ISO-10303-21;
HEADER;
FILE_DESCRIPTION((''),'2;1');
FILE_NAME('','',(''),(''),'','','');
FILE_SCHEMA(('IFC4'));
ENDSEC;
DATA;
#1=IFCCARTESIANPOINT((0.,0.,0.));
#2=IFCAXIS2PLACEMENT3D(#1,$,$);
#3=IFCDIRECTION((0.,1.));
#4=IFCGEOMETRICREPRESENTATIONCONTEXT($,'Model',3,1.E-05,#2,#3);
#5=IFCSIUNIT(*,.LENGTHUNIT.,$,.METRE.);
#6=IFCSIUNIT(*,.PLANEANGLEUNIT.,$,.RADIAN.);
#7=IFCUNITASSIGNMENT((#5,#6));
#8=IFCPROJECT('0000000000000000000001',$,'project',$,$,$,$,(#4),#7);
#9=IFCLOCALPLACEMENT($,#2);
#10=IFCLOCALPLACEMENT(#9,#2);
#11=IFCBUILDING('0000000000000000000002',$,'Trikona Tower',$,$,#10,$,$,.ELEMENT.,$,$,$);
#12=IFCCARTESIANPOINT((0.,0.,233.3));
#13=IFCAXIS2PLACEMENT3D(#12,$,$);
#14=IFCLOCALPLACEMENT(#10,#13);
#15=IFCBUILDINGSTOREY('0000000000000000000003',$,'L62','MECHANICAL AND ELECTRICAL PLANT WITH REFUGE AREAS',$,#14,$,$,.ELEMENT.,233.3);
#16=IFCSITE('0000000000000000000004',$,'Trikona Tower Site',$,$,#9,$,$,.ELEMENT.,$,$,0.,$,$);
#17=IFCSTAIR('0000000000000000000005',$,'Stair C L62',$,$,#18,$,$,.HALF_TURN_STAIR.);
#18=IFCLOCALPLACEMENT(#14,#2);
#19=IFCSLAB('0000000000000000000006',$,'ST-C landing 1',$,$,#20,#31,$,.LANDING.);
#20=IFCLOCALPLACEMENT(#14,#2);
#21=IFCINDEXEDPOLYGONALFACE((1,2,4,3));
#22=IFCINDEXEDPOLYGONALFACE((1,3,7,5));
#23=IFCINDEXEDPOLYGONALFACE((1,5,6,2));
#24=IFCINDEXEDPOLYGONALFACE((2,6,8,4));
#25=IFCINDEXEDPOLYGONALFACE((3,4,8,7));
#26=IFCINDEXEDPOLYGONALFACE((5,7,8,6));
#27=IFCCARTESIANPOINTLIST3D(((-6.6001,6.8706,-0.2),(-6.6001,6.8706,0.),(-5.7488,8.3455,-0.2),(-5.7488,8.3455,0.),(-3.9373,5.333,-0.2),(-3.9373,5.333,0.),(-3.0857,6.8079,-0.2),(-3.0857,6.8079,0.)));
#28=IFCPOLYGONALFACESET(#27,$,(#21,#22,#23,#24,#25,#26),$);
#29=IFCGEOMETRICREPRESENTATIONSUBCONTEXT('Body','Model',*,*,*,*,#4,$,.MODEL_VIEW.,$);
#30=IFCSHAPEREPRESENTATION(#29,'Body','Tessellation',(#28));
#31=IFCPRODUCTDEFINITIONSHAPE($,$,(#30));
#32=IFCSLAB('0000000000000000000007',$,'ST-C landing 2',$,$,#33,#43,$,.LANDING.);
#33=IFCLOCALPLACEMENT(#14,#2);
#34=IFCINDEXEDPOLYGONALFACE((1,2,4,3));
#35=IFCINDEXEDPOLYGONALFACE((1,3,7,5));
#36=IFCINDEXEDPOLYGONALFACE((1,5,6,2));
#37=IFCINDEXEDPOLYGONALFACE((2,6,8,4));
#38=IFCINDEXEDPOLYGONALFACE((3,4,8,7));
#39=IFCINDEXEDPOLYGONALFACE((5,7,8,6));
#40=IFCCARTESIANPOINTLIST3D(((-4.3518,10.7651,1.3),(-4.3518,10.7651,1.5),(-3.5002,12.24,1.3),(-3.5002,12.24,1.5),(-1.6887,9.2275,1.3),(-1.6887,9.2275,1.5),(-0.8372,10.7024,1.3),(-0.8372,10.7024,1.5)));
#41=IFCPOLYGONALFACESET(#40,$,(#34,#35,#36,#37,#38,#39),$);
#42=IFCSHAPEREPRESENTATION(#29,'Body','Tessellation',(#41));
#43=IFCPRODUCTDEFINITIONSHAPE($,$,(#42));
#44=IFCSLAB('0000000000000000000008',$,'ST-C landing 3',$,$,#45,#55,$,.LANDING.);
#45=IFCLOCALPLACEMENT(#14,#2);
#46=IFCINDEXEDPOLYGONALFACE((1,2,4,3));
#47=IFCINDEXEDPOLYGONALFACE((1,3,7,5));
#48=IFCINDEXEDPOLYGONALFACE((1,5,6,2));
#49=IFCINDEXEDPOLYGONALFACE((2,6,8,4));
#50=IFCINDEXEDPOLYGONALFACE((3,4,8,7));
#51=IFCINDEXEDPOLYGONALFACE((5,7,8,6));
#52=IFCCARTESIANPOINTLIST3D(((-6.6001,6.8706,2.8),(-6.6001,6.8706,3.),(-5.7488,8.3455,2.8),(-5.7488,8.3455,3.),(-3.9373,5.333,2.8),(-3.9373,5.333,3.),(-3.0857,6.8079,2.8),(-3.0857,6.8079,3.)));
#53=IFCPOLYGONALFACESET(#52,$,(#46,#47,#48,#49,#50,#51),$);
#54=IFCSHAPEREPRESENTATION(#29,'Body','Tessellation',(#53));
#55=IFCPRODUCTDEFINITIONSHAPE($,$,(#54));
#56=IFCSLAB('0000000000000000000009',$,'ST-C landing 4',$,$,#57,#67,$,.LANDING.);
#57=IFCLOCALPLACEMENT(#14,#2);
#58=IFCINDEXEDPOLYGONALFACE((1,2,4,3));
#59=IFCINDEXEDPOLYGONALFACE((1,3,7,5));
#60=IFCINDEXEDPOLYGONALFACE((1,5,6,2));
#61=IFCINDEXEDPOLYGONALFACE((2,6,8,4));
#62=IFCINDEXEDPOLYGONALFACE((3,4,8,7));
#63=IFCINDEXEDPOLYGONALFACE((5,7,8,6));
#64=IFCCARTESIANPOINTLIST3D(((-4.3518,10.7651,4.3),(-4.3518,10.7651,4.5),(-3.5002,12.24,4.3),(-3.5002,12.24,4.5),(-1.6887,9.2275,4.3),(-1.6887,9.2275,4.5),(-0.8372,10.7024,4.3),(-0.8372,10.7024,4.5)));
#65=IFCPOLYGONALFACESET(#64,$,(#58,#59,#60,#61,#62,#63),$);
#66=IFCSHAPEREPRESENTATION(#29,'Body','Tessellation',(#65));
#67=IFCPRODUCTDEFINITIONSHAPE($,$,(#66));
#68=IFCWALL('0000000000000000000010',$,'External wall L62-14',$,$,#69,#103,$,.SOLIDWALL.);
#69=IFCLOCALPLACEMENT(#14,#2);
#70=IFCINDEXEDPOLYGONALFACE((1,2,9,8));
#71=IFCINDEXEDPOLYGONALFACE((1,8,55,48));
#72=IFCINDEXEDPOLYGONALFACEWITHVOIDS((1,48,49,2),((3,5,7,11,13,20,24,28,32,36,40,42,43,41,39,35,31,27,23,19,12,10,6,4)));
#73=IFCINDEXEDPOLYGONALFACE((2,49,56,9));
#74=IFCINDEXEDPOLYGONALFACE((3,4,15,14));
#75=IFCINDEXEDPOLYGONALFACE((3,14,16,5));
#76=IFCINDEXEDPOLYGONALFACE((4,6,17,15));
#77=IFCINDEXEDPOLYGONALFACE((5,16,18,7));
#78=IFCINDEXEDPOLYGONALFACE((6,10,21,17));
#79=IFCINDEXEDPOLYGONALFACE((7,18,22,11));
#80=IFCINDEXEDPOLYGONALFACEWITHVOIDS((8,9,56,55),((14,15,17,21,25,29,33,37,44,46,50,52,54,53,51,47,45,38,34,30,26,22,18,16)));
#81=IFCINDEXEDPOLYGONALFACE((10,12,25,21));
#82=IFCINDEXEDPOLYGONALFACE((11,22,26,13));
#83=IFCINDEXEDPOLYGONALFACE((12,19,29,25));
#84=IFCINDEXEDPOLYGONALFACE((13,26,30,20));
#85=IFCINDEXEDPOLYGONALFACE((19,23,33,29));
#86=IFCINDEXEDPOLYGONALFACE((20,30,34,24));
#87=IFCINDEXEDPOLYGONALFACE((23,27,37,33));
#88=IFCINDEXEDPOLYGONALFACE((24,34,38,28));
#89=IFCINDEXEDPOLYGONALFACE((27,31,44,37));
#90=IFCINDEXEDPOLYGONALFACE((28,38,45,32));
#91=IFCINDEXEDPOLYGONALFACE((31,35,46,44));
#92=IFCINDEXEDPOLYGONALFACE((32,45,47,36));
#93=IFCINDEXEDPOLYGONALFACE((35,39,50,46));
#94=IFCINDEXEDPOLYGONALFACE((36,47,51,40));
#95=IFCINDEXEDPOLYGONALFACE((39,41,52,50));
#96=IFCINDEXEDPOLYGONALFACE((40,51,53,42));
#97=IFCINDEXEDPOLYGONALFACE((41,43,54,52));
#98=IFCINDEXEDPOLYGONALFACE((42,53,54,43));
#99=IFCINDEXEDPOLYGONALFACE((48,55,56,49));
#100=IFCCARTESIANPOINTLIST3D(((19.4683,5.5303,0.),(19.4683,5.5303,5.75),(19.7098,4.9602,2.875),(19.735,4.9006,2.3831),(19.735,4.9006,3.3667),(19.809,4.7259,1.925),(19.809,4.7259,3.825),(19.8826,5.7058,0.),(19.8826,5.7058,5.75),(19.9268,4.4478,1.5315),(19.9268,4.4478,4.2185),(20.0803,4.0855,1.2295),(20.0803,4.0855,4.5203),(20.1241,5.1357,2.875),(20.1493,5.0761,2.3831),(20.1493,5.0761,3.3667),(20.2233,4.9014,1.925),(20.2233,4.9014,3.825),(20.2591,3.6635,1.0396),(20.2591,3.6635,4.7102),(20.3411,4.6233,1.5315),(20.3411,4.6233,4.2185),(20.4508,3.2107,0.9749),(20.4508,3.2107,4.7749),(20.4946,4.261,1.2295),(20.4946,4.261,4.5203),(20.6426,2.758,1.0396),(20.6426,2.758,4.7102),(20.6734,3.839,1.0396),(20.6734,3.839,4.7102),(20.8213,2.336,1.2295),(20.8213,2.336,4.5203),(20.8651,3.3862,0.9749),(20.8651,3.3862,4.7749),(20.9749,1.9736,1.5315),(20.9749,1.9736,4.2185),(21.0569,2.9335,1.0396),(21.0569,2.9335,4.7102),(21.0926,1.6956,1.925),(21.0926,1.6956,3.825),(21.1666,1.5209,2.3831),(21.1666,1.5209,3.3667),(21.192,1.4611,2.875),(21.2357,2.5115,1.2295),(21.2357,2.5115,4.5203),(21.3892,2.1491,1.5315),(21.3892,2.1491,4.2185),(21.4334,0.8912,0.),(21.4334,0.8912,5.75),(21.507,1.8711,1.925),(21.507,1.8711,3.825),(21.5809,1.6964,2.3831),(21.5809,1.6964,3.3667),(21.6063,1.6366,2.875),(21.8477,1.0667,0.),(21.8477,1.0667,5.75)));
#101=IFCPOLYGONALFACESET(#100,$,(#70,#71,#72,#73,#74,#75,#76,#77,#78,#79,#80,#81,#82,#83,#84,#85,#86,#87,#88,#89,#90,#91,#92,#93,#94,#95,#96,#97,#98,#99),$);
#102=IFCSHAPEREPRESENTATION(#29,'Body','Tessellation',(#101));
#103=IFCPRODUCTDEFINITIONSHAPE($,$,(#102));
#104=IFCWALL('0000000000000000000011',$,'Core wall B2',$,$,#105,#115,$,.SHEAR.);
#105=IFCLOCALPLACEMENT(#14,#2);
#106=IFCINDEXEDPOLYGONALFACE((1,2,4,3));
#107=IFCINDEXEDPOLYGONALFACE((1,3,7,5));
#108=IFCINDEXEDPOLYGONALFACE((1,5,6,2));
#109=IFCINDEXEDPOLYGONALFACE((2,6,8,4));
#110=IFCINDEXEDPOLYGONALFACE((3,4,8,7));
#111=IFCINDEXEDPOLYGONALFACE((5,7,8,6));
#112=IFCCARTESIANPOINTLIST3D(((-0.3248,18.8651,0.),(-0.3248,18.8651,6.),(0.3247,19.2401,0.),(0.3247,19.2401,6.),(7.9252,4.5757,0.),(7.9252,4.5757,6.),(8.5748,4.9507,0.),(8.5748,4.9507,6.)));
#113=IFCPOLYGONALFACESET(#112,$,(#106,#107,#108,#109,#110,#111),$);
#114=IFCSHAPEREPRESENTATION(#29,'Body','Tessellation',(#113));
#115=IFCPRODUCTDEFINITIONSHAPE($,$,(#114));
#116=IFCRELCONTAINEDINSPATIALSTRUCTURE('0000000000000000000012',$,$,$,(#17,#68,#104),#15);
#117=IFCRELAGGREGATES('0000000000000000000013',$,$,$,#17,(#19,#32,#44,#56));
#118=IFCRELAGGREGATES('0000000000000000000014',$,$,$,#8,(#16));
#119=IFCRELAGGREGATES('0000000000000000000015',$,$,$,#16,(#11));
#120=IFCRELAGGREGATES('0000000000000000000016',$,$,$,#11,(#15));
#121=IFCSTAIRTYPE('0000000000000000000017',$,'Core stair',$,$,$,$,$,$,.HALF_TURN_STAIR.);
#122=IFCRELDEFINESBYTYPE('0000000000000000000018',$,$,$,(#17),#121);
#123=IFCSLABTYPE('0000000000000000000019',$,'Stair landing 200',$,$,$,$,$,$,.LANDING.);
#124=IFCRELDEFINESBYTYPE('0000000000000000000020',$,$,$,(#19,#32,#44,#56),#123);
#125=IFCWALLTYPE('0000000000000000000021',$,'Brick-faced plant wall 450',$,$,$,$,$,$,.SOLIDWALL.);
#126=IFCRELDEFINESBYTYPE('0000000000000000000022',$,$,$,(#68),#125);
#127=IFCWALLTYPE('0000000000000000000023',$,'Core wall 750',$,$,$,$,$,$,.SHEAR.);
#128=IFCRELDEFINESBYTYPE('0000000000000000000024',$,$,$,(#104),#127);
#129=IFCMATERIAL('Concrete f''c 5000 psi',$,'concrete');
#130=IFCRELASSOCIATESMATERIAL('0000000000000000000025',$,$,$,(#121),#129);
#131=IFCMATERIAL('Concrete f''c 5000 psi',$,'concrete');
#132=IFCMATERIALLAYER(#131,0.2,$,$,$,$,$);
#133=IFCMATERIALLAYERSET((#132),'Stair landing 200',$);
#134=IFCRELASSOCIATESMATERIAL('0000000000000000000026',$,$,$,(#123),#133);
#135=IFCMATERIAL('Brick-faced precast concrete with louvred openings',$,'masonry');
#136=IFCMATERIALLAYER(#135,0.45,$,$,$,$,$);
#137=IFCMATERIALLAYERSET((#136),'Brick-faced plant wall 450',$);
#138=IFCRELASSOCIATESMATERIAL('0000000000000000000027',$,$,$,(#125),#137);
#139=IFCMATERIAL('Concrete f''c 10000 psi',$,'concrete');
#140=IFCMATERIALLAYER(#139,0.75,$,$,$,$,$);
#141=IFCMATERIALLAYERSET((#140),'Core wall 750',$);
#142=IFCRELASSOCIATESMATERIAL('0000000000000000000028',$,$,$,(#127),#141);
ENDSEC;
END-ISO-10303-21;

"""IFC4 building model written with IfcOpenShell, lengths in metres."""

from ifc_helpers import new_model, si_unit, direction, frame, frame_2d, origin, place, context, subcontext, project, spatial, polyline, rectangle, outline, extrude, material, layer, layer_set, type_object, element, aggregate, save


model = new_model("IFC4")

# Units and contexts
model_context = context("Model", 3, precision=1e-05, world=origin(), true_north=direction((0.0, 1.0)))
body_context = subcontext(model_context, "Body", "Model", "MODEL_VIEW")
ifc_project = project(units=[si_unit("LENGTHUNIT", "METRE"), si_unit("PLANEANGLEUNIT", "RADIAN")], contexts=[model_context])

# Site, building, storey
site_placement = place(None, origin())
site = spatial("IfcSite", under=ifc_project, at=site_placement, Name="Trikona Tower Site", CompositionType="ELEMENT", RefElevation=0.0)
building_placement = place(site_placement, origin())
building = spatial("IfcBuilding", under=site, at=building_placement, Name="Trikona Tower", CompositionType="ELEMENT")
storey_placement = place(building_placement, frame((0.0, 0.0, 233.3)))
storey = spatial("IfcBuildingStorey", under=building, at=storey_placement, Name="L62", Description="MECHANICAL AND ELECTRICAL PLANT WITH REFUGE AREAS", CompositionType="ELEMENT", Elevation=233.3)

# Stair, slabs
ifc_material_1 = material(Name="Concrete f'c 5000 psi", Category="concrete")
stair_type = type_object("IfcStairType", Name="Core stair", PredefinedType="HALF_TURN_STAIR", material=ifc_material_1)
ifc_material_2 = material(Name="Concrete f'c 5000 psi", Category="concrete")
ifc_layer_1 = layer(ifc_material_2, 0.2)
ifc_layer_set_1 = layer_set([ifc_layer_1], Name="Stair landing 200")
slab_type = type_object("IfcSlabType", Name="Stair landing 200", PredefinedType="LANDING", material=ifc_layer_set_1)
stair_1_placement = place(storey_placement, origin())
stair_1 = element("IfcStair", 1, at=stair_1_placement, inside=storey, type_object=stair_type, Name="Stair C L62", PredefinedType="HALF_TURN_STAIR")
slab_1_placement = place(storey_placement, frame((0.0, 0.0, -0.2)))
slab_1 = element("IfcSlab", 2, at=slab_1_placement, type_object=slab_type, Name="ST-C landing 1", PredefinedType="LANDING", context=body_context, shape_type="SweptSolid", body=[
    extrude(outline(polyline([(-3.0857, 6.8079), (-3.9373, 5.333), (-6.6001, 6.8706), (-5.7488, 8.3455), (-3.0857, 6.8079)])), origin(), (0.0, 0.0, 1.0), 0.2),
])
slab_2_placement = place(storey_placement, frame((0.0, 0.0, 1.3)))
slab_2 = element("IfcSlab", 3, at=slab_2_placement, type_object=slab_type, Name="ST-C landing 2", PredefinedType="LANDING", context=body_context, shape_type="SweptSolid", body=[
    extrude(outline(polyline([(-0.8372, 10.7024), (-1.6887, 9.2275), (-4.3518, 10.7651), (-3.5002, 12.24), (-0.8372, 10.7024)])), origin(), (0.0, 0.0, 1.0), 0.2),
])
slab_3_placement = place(storey_placement, frame((0.0, 0.0, 2.8)))
slab_3 = element("IfcSlab", 4, at=slab_3_placement, type_object=slab_type, Name="ST-C landing 3", PredefinedType="LANDING", context=body_context, shape_type="SweptSolid", body=[
    extrude(outline(polyline([(-3.0857, 6.8079), (-3.9373, 5.333), (-6.6001, 6.8706), (-5.7488, 8.3455), (-3.0857, 6.8079)])), origin(), (0.0, 0.0, 1.0), 0.2),
])
slab_4_placement = place(storey_placement, frame((0.0, 0.0, 4.3)))
slab_4 = element("IfcSlab", 5, at=slab_4_placement, type_object=slab_type, Name="ST-C landing 4", PredefinedType="LANDING", context=body_context, shape_type="SweptSolid", body=[
    extrude(outline(polyline([(-0.8372, 10.7024), (-1.6887, 9.2275), (-4.3518, 10.7651), (-3.5002, 12.24), (-0.8372, 10.7024)])), origin(), (0.0, 0.0, 1.0), 0.2),
])
aggregate(stair_1, [slab_1, slab_2, slab_3, slab_4])

# Walls
ifc_material_3 = material(Name="Brick-faced precast concrete with louvred openings", Category="masonry")
ifc_layer_2 = layer(ifc_material_3, 0.45)
ifc_layer_set_2 = layer_set([ifc_layer_2], Name="Brick-faced plant wall 450")
wall_type_1 = type_object("IfcWallType", Name="Brick-faced plant wall 450", PredefinedType="SOLIDWALL", material=ifc_layer_set_2)
wall_1_placement = place(storey_placement, frame((21.6406, 0.979, 0.0), z_axis=(0.0, 0.0, 1.0), x_axis=(-0.390038, 0.920799, 0.0)))
element("IfcWall", 6, at=wall_1_placement, inside=storey, type_object=wall_type_1, Name="External wall L62-14", PredefinedType="SOLIDWALL", context=body_context, shape_type="SweptSolid", body=[
    extrude(outline(polyline([(0.0, 0.0), (5.0381, 0.0), (5.0381, 5.75), (0.0, 5.75), (0.0, 0.0)]), holes=[polyline([(4.4189, 2.875), (4.3542, 3.3667), (4.1646, 3.825), (3.8625, 4.2185), (3.469, 4.5203), (3.0107, 4.7102), (2.519, 4.7749), (2.0273, 4.7102), (1.5691, 4.5203), (1.1755, 4.2185), (0.8735, 3.825), (0.6838, 3.3667), (0.6189, 2.875), (0.6838, 2.3831), (0.8735, 1.925), (1.1755, 1.5315), (1.5691, 1.2295), (2.0273, 1.0396), (2.519, 0.9749), (3.0107, 1.0396), (3.469, 1.2295), (3.8625, 1.5315), (4.1646, 1.925), (4.3542, 2.3831), (4.4189, 2.875)])]), frame((0.0, 0.2251, 0.0), z_axis=(0.0, -1.0, 0.0), x_axis=(1.0, 0.0, 0.0)), (0.0, 0.0, 1.0), 0.45),
])
ifc_material_4 = material(Name="Concrete f'c 10000 psi", Category="concrete")
ifc_layer_3 = layer(ifc_material_4, 0.75)
ifc_layer_set_3 = layer_set([ifc_layer_3], Name="Core wall 750")
wall_type_2 = type_object("IfcWallType", Name="Core wall 750", PredefinedType="SHEAR", material=ifc_layer_set_3)
wall_2_placement = place(storey_placement, frame((8.25, 4.7632, 0.0), z_axis=(0.0, 0.0, 1.0), x_axis=(-0.500003, 0.866024, 0.0)))
element("IfcWall", 7, at=wall_2_placement, inside=storey, type_object=wall_type_2, Name="Core wall B2", PredefinedType="SHEAR", context=body_context, shape_type="SweptSolid", body=[
    extrude(rectangle(XDim=16.5, YDim=0.75, at=frame_2d((8.25, 0.0))), origin(), (0.0, 0.0, 1.0), 6.0),
])

save(model, "model.ifc")
